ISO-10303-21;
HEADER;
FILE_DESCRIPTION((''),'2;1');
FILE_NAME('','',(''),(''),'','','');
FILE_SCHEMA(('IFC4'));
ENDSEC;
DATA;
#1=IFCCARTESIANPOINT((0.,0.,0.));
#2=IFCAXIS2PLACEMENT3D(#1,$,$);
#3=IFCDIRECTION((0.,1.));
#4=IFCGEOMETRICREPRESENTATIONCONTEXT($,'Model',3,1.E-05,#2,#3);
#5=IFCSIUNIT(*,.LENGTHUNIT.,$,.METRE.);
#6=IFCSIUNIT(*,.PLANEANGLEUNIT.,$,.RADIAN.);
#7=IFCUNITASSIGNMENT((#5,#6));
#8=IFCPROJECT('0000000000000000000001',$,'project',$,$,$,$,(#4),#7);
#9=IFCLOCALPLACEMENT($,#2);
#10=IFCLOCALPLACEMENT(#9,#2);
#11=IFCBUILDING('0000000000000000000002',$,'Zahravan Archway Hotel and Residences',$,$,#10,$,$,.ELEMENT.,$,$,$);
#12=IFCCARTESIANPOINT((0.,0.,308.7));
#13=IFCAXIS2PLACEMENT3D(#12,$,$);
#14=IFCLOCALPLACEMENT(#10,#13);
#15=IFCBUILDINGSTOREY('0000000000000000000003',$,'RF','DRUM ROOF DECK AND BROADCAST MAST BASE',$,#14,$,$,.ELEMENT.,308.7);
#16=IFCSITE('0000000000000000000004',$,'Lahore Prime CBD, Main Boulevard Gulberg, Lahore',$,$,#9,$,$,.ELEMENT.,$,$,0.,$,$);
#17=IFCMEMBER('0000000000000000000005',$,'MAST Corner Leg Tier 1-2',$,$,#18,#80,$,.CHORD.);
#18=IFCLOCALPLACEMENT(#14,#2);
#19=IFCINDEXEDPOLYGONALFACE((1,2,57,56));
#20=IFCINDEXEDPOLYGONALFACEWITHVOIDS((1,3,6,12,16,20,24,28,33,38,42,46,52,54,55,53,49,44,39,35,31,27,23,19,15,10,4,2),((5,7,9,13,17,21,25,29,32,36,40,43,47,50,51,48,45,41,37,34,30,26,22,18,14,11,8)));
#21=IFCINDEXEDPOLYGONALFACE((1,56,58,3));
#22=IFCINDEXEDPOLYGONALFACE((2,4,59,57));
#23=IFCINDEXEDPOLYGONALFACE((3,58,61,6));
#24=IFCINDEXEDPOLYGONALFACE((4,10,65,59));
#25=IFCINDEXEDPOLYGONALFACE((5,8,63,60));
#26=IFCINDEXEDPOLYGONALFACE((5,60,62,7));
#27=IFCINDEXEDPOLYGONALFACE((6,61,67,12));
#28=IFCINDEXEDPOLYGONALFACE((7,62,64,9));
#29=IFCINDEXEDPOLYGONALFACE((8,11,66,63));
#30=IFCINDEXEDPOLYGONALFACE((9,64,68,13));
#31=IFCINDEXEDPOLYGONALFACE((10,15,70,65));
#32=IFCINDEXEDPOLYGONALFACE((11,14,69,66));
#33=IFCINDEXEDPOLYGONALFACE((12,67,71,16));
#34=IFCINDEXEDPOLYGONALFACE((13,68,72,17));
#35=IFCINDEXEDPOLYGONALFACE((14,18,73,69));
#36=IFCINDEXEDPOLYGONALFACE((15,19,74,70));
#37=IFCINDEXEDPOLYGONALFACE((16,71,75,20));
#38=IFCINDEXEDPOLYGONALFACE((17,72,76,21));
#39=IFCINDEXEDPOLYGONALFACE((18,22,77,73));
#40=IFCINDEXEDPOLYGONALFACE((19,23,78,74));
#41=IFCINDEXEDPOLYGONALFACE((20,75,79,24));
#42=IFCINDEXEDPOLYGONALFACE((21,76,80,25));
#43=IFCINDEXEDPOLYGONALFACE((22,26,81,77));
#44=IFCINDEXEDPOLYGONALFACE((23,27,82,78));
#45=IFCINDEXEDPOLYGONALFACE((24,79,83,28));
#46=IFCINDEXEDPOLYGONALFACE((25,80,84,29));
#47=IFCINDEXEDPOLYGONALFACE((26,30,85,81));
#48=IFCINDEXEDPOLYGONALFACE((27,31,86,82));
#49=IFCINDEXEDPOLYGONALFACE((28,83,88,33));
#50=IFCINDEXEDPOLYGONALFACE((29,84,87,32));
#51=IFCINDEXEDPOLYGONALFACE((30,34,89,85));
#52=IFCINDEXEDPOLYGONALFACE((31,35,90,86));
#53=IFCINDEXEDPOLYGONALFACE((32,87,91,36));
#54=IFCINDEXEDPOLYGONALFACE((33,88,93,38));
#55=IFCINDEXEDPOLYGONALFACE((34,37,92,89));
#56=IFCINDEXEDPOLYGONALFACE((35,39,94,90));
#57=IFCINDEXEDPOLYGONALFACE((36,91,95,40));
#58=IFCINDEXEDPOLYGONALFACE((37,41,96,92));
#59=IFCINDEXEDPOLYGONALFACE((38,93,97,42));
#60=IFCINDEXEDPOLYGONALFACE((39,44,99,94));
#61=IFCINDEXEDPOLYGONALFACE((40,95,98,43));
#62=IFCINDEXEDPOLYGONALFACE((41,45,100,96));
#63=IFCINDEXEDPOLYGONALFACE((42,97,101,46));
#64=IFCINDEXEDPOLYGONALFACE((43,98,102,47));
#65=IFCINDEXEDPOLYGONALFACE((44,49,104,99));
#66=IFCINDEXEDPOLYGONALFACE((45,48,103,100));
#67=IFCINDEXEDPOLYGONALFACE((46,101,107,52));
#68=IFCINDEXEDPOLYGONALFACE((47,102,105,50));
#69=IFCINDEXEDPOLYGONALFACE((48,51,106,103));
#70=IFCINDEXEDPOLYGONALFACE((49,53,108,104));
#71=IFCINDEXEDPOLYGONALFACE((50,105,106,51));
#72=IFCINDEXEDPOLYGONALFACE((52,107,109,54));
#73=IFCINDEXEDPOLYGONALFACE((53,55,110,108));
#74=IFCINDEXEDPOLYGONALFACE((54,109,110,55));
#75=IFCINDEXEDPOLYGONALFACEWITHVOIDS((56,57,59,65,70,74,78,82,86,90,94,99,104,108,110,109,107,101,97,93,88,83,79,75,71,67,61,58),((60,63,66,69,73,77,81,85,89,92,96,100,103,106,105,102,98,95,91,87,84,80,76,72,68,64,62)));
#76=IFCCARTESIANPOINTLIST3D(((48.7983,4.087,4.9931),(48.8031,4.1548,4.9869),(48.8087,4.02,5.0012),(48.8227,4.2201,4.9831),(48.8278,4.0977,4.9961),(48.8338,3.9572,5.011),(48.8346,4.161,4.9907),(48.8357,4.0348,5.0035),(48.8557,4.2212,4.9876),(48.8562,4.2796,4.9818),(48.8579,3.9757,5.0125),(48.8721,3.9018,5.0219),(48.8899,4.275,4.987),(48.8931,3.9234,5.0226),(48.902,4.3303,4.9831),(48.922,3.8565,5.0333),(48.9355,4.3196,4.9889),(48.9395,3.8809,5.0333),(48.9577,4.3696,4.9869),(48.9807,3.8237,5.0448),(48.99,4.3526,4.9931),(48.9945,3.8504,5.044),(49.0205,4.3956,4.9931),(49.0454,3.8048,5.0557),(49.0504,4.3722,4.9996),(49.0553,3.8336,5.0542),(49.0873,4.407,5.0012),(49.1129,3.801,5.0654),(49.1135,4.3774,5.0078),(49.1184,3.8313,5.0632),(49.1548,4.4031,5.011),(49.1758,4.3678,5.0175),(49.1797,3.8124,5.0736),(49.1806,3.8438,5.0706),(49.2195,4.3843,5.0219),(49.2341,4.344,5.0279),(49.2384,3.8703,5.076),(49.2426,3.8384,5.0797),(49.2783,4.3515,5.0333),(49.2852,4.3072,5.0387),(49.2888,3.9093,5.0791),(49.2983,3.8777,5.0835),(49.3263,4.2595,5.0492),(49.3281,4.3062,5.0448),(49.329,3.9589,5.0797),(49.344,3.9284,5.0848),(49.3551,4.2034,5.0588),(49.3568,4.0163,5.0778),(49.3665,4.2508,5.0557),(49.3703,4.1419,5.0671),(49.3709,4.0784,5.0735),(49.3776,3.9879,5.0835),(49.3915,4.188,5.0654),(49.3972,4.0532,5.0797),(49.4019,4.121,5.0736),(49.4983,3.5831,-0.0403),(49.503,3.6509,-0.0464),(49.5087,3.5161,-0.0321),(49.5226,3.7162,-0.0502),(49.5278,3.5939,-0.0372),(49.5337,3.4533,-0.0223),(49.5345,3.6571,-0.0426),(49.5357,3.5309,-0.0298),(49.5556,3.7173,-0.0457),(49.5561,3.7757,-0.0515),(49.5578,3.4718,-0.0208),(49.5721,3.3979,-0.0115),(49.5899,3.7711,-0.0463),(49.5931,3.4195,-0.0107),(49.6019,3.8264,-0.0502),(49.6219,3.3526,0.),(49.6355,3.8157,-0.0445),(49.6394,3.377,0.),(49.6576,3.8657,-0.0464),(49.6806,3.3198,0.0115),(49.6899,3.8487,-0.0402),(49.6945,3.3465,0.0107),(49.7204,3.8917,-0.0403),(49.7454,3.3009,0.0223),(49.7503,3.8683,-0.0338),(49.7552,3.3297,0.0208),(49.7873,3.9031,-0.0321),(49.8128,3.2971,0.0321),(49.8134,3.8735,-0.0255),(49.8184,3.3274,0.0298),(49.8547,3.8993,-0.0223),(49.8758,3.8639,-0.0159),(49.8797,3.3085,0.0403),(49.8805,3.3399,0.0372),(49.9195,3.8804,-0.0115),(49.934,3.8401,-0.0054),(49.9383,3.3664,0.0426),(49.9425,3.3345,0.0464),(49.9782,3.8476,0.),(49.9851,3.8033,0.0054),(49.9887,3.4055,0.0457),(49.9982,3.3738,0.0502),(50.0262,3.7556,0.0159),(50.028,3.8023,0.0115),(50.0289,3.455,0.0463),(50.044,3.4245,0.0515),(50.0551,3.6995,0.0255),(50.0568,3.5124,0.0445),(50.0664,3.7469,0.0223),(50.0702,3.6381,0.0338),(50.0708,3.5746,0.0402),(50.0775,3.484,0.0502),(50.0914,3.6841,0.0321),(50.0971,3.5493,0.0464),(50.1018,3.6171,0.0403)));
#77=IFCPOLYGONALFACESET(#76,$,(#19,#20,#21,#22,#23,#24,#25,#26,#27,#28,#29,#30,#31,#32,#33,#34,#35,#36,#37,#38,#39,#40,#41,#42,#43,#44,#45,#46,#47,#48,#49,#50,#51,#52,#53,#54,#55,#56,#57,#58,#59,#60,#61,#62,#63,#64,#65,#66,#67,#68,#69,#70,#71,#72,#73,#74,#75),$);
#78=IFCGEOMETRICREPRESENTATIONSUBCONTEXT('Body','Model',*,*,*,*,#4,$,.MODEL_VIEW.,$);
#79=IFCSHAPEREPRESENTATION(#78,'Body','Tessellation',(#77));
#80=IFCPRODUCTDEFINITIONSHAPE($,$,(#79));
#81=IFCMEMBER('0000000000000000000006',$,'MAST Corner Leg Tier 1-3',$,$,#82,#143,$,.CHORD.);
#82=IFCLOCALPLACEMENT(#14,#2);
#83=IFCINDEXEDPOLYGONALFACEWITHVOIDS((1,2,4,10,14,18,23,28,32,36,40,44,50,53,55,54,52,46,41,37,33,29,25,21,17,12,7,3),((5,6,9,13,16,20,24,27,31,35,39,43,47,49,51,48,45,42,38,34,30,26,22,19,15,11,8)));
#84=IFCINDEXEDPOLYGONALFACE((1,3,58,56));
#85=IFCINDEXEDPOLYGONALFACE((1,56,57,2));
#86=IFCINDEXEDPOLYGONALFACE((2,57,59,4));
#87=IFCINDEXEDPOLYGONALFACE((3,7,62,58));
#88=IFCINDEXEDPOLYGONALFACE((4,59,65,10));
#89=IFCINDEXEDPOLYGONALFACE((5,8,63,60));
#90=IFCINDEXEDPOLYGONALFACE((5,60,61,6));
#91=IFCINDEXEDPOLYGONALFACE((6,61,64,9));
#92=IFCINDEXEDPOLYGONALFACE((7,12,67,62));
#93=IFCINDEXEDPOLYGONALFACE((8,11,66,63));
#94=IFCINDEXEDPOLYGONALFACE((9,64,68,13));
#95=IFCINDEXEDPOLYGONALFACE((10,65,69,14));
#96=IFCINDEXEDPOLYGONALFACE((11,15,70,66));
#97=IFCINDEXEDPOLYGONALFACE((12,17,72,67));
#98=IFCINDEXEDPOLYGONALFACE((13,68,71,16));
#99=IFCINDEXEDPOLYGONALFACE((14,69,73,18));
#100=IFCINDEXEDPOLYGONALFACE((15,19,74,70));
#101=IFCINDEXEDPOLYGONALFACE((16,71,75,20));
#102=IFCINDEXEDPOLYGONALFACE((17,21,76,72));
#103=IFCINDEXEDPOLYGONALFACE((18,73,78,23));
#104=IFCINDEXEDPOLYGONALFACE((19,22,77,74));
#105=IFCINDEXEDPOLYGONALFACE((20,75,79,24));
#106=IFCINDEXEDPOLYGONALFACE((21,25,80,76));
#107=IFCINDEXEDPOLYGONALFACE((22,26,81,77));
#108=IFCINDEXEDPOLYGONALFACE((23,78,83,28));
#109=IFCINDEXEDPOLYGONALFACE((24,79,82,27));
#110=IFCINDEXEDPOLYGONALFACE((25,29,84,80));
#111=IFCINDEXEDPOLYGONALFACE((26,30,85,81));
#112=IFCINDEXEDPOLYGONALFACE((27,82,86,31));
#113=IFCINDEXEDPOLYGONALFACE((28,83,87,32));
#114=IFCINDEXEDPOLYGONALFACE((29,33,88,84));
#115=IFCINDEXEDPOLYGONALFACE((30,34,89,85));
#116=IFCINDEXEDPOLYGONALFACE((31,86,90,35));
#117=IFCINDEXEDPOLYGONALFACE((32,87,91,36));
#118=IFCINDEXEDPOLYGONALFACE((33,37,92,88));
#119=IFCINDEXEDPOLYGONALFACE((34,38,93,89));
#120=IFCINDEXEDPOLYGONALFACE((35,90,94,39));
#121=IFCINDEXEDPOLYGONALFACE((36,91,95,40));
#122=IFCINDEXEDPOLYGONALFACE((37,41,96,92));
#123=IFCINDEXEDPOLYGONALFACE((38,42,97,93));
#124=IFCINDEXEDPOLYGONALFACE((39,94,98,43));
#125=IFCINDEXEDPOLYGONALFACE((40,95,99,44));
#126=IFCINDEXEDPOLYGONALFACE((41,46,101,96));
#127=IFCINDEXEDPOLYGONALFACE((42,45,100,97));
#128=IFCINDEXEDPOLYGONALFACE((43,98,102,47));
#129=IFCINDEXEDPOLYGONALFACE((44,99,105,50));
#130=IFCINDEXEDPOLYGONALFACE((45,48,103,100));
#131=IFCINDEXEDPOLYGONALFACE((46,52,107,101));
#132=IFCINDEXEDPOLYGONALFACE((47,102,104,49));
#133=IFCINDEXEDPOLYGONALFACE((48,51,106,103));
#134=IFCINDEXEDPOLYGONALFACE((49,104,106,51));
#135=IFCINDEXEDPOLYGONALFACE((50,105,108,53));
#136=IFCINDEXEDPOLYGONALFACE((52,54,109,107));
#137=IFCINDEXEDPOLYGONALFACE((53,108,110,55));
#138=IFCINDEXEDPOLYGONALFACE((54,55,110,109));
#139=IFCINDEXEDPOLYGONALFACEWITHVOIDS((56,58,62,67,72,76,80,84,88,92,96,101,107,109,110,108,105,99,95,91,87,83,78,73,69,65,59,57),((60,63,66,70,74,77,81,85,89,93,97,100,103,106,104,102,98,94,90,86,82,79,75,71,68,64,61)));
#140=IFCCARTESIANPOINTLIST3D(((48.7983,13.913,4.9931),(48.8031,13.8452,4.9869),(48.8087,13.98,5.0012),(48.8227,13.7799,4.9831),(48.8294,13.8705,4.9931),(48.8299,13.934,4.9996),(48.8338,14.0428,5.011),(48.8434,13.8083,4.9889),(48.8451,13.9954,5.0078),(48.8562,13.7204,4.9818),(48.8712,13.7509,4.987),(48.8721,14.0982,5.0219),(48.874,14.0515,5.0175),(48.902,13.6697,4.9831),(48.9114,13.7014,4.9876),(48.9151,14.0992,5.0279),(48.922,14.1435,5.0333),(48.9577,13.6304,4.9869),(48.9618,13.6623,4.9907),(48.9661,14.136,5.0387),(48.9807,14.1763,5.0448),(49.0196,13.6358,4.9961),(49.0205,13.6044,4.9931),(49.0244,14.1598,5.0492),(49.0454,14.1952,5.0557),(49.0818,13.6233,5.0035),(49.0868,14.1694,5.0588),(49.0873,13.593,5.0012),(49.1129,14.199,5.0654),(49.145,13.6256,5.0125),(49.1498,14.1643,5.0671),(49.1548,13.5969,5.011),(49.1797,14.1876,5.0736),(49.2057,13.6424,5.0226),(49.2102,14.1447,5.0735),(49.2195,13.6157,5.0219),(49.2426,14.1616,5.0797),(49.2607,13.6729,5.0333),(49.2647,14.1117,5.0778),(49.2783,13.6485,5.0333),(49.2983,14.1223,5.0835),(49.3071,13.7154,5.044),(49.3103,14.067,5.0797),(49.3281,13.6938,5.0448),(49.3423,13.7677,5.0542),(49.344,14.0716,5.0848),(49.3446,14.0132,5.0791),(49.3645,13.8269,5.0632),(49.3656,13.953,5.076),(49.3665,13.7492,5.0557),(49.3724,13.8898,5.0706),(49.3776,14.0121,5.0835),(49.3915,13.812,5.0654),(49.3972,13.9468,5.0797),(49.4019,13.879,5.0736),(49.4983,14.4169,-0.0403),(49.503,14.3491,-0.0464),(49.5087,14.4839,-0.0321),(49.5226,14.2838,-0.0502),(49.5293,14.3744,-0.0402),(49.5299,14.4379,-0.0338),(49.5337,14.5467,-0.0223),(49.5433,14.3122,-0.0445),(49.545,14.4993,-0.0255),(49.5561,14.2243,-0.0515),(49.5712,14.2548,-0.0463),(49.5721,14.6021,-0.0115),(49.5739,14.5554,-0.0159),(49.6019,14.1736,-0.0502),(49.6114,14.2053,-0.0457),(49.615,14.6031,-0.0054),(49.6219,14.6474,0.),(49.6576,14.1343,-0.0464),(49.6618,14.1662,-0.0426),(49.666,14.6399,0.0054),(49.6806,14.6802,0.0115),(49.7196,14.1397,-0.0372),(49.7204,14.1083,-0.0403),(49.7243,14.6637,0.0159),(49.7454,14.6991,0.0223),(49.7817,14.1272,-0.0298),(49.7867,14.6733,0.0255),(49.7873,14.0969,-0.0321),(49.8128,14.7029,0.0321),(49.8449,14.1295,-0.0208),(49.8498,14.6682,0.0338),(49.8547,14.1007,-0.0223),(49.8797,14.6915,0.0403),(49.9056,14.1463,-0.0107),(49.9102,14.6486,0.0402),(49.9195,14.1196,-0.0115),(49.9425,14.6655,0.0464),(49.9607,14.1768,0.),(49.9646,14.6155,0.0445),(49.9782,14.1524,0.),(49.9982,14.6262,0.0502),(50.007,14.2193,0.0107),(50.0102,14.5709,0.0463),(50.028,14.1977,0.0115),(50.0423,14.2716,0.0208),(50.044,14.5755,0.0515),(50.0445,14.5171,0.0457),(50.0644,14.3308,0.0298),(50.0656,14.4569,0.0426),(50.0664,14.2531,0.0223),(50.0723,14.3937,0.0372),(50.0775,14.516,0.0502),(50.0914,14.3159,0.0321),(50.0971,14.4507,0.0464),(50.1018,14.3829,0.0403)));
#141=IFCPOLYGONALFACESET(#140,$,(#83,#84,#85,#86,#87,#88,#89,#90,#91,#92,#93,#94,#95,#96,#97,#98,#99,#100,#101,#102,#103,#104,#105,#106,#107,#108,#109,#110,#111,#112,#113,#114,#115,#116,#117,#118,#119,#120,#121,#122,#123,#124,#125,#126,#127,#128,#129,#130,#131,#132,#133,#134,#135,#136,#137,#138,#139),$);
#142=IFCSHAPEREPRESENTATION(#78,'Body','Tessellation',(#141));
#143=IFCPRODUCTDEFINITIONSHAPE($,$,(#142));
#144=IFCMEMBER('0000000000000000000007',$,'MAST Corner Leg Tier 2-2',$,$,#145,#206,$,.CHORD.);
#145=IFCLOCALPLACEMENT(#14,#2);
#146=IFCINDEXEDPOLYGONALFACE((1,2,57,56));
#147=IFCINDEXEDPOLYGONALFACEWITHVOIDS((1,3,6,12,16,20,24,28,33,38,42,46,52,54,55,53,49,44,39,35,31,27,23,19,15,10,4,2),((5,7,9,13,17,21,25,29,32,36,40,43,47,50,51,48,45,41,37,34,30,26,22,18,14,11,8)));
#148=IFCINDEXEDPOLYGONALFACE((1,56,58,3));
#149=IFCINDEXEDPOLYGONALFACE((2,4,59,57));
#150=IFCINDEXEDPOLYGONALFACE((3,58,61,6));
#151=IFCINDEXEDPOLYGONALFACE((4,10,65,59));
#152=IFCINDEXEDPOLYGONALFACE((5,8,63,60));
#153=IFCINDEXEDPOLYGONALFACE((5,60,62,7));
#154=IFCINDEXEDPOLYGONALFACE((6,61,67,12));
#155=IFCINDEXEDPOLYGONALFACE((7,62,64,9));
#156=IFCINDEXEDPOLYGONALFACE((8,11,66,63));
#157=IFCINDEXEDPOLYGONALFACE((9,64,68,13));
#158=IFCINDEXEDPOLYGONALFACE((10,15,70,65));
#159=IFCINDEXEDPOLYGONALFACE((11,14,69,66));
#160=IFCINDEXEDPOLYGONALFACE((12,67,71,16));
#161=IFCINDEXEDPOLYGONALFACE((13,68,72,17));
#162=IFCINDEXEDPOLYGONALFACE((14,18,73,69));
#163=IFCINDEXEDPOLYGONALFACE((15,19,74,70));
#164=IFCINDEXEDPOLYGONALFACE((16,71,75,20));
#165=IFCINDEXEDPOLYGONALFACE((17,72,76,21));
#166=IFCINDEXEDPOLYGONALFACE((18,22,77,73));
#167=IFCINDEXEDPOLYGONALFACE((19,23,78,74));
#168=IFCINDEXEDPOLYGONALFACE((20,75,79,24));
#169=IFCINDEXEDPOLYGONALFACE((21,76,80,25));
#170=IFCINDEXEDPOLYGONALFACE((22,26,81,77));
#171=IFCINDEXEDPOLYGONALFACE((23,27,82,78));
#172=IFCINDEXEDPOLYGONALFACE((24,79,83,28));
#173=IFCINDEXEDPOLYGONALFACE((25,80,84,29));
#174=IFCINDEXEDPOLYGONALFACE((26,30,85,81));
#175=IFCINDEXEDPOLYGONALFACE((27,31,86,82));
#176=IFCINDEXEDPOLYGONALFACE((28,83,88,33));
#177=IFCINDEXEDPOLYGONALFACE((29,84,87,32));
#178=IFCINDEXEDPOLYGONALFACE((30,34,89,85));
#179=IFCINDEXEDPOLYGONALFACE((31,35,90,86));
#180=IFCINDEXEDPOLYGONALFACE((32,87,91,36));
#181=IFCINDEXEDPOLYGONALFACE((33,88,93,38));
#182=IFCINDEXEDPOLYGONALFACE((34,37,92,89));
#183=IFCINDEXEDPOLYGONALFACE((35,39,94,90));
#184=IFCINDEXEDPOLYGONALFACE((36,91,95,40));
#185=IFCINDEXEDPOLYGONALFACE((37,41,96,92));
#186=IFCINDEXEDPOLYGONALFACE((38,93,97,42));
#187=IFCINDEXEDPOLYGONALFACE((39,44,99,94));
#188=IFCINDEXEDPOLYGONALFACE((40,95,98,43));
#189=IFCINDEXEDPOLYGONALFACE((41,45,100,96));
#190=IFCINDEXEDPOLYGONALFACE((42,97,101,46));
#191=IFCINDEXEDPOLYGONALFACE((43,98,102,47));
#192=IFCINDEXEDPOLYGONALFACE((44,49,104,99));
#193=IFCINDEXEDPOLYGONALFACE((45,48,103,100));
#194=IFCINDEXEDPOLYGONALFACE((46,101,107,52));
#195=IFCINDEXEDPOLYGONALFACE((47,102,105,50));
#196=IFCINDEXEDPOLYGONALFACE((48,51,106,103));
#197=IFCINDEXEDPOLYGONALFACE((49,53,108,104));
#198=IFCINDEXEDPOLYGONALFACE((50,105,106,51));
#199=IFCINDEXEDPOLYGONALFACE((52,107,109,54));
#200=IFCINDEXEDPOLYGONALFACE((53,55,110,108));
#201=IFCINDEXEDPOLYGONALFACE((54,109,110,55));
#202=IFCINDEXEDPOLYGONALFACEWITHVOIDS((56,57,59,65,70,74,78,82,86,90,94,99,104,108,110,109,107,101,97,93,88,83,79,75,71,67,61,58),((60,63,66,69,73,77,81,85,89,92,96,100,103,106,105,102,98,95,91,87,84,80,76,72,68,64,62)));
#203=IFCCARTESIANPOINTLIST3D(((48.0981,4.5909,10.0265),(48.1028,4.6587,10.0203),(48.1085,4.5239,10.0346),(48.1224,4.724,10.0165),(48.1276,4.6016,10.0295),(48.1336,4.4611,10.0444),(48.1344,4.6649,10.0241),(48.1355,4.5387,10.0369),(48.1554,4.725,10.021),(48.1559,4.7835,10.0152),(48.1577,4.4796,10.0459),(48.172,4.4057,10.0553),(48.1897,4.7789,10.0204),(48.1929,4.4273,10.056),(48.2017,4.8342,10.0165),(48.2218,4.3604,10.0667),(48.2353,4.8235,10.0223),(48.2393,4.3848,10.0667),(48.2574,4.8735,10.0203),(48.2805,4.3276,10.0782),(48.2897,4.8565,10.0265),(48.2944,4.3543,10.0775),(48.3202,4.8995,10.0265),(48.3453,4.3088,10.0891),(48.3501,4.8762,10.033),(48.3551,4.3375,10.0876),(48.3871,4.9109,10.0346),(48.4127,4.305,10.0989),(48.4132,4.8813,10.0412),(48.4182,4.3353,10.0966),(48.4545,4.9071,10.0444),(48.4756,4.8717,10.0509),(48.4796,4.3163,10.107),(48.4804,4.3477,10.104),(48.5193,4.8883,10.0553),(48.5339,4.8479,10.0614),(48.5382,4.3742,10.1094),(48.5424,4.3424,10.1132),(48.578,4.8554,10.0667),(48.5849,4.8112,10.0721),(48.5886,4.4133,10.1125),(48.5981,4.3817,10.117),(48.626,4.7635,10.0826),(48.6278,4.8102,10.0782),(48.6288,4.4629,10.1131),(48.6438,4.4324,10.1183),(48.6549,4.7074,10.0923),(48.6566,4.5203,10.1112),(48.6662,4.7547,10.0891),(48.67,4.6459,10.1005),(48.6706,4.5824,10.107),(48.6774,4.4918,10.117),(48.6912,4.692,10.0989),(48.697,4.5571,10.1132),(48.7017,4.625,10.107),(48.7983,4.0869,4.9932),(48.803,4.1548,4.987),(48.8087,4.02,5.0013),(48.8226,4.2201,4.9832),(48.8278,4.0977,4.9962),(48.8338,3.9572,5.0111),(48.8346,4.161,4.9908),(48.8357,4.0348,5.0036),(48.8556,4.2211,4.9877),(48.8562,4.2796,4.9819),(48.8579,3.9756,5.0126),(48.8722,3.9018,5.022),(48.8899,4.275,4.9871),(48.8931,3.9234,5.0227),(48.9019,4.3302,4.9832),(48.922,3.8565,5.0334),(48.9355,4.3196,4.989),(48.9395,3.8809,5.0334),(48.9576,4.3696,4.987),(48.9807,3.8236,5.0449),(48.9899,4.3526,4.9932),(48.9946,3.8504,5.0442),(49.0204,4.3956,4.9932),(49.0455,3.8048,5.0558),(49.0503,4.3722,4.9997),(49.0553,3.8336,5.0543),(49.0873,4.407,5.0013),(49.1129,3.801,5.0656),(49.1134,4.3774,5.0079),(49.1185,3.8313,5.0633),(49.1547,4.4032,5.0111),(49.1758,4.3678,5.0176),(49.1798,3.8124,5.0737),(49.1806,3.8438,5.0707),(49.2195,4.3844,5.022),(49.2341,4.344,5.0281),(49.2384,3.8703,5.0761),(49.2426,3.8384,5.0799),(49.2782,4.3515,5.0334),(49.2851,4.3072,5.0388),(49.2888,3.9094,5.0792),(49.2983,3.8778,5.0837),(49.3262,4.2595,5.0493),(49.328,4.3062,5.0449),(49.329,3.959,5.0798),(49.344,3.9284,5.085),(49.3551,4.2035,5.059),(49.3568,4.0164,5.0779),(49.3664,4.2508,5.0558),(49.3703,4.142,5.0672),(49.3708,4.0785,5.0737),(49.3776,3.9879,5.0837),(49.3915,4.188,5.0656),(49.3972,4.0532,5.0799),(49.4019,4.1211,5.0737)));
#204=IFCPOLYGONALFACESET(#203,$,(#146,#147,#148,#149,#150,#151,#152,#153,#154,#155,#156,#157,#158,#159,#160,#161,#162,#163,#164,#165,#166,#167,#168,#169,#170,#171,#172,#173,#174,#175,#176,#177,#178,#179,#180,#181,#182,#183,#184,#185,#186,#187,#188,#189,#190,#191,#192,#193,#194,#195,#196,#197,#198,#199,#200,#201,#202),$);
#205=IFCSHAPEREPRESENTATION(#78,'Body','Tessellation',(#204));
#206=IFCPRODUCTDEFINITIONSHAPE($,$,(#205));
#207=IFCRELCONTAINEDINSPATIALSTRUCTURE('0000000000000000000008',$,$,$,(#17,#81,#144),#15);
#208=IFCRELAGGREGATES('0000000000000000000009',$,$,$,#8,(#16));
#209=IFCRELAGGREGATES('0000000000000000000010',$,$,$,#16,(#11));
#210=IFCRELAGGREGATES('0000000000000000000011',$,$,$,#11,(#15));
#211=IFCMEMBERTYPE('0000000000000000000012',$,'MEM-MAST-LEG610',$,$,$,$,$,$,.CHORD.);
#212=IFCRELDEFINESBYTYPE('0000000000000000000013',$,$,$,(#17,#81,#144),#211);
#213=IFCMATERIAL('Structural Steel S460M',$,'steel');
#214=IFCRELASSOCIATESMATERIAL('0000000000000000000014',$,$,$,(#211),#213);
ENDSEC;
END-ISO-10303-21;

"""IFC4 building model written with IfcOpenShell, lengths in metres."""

from ifc_helpers import new_model, si_unit, direction, frame, origin, origin_2d, place, context, subcontext, project, spatial, hollow_circle, extrude, source, transform, mapped, material, material_profile, profile_set, type_object, type_shapes, element, save


model = new_model("IFC4")

# Units and contexts
model_context = context("Model", 3, precision=1e-05, world=origin(), true_north=direction((0.0, 1.0)))
body_context = subcontext(model_context, "Body", "Model", "MODEL_VIEW")
ifc_project = project(units=[si_unit("LENGTHUNIT", "METRE"), si_unit("PLANEANGLEUNIT", "RADIAN")], contexts=[model_context])

# Site, building, storey
site_placement = place(None, origin())
site = spatial("IfcSite", under=ifc_project, at=site_placement, Name="Lahore Prime CBD, Main Boulevard Gulberg, Lahore", CompositionType="ELEMENT", RefElevation=0.0)
building_placement = place(site_placement, origin())
building = spatial("IfcBuilding", under=site, at=building_placement, Name="Zahravan Archway Hotel and Residences", CompositionType="ELEMENT")
storey_placement = place(building_placement, frame((0.0, 0.0, 308.7)))
storey = spatial("IfcBuildingStorey", under=building, at=storey_placement, Name="RF", Description="DRUM ROOF DECK AND BROADCAST MAST BASE", CompositionType="ELEMENT", Elevation=308.7)

# Members
ifc_material_1 = material(Name="Structural Steel S460M", Category="steel")
ifc_material_profile_1 = material_profile(ifc_material_1, hollow_circle(Radius=0.3049, WallThickness=0.03, at=origin_2d()), Name="CHS 610x30", Category="steel")
ifc_profile_set_1 = profile_set([ifc_material_profile_1], Name="Structural Steel S460M")
member_type_1 = type_object("IfcMemberType", Name="MEM-MAST-LEG610", PredefinedType="CHORD", material=ifc_profile_set_1)
shared_shape_1 = source(origin(), body_context, "Body", "SweptSolid", [
    extrude(hollow_circle(Radius=0.3049, WallThickness=0.03, at=origin_2d()), origin(), (0.0, 0.0, 1.0), 5.1067),
])
type_shapes(member_type_1, [shared_shape_1])
for number, where, z_axis, x_axis, name in (
    (1, (49.8, 3.6001, 0.0), (-0.137062, 0.098674, 0.985636), (-0.58426, -0.811567, 0.0), "MAST Corner Leg Tier 1-2"),
    (2, (49.8, 14.3999, 0.0), (-0.137062, -0.098674, 0.985636), (0.58426, -0.811567, 0.0), "MAST Corner Leg Tier 1-3"),
    (3, (49.1001, 4.104, 5.0334), (-0.137116, 0.098678, 0.985628), (-0.584126, -0.811663, 0.0), "MAST Corner Leg Tier 2-2"),
):
    element("IfcMember", number, at=place(storey_placement, frame(where, z_axis=z_axis, x_axis=x_axis)), inside=storey, type_object=member_type_1, Name=name, PredefinedType="CHORD", context=body_context, shape_type="MappedRepresentation", body=[
        mapped(shared_shape_1, transform((0.0, 0.0, 0.0), scale=1.0)),
    ])

save(model, "model.ifc")
